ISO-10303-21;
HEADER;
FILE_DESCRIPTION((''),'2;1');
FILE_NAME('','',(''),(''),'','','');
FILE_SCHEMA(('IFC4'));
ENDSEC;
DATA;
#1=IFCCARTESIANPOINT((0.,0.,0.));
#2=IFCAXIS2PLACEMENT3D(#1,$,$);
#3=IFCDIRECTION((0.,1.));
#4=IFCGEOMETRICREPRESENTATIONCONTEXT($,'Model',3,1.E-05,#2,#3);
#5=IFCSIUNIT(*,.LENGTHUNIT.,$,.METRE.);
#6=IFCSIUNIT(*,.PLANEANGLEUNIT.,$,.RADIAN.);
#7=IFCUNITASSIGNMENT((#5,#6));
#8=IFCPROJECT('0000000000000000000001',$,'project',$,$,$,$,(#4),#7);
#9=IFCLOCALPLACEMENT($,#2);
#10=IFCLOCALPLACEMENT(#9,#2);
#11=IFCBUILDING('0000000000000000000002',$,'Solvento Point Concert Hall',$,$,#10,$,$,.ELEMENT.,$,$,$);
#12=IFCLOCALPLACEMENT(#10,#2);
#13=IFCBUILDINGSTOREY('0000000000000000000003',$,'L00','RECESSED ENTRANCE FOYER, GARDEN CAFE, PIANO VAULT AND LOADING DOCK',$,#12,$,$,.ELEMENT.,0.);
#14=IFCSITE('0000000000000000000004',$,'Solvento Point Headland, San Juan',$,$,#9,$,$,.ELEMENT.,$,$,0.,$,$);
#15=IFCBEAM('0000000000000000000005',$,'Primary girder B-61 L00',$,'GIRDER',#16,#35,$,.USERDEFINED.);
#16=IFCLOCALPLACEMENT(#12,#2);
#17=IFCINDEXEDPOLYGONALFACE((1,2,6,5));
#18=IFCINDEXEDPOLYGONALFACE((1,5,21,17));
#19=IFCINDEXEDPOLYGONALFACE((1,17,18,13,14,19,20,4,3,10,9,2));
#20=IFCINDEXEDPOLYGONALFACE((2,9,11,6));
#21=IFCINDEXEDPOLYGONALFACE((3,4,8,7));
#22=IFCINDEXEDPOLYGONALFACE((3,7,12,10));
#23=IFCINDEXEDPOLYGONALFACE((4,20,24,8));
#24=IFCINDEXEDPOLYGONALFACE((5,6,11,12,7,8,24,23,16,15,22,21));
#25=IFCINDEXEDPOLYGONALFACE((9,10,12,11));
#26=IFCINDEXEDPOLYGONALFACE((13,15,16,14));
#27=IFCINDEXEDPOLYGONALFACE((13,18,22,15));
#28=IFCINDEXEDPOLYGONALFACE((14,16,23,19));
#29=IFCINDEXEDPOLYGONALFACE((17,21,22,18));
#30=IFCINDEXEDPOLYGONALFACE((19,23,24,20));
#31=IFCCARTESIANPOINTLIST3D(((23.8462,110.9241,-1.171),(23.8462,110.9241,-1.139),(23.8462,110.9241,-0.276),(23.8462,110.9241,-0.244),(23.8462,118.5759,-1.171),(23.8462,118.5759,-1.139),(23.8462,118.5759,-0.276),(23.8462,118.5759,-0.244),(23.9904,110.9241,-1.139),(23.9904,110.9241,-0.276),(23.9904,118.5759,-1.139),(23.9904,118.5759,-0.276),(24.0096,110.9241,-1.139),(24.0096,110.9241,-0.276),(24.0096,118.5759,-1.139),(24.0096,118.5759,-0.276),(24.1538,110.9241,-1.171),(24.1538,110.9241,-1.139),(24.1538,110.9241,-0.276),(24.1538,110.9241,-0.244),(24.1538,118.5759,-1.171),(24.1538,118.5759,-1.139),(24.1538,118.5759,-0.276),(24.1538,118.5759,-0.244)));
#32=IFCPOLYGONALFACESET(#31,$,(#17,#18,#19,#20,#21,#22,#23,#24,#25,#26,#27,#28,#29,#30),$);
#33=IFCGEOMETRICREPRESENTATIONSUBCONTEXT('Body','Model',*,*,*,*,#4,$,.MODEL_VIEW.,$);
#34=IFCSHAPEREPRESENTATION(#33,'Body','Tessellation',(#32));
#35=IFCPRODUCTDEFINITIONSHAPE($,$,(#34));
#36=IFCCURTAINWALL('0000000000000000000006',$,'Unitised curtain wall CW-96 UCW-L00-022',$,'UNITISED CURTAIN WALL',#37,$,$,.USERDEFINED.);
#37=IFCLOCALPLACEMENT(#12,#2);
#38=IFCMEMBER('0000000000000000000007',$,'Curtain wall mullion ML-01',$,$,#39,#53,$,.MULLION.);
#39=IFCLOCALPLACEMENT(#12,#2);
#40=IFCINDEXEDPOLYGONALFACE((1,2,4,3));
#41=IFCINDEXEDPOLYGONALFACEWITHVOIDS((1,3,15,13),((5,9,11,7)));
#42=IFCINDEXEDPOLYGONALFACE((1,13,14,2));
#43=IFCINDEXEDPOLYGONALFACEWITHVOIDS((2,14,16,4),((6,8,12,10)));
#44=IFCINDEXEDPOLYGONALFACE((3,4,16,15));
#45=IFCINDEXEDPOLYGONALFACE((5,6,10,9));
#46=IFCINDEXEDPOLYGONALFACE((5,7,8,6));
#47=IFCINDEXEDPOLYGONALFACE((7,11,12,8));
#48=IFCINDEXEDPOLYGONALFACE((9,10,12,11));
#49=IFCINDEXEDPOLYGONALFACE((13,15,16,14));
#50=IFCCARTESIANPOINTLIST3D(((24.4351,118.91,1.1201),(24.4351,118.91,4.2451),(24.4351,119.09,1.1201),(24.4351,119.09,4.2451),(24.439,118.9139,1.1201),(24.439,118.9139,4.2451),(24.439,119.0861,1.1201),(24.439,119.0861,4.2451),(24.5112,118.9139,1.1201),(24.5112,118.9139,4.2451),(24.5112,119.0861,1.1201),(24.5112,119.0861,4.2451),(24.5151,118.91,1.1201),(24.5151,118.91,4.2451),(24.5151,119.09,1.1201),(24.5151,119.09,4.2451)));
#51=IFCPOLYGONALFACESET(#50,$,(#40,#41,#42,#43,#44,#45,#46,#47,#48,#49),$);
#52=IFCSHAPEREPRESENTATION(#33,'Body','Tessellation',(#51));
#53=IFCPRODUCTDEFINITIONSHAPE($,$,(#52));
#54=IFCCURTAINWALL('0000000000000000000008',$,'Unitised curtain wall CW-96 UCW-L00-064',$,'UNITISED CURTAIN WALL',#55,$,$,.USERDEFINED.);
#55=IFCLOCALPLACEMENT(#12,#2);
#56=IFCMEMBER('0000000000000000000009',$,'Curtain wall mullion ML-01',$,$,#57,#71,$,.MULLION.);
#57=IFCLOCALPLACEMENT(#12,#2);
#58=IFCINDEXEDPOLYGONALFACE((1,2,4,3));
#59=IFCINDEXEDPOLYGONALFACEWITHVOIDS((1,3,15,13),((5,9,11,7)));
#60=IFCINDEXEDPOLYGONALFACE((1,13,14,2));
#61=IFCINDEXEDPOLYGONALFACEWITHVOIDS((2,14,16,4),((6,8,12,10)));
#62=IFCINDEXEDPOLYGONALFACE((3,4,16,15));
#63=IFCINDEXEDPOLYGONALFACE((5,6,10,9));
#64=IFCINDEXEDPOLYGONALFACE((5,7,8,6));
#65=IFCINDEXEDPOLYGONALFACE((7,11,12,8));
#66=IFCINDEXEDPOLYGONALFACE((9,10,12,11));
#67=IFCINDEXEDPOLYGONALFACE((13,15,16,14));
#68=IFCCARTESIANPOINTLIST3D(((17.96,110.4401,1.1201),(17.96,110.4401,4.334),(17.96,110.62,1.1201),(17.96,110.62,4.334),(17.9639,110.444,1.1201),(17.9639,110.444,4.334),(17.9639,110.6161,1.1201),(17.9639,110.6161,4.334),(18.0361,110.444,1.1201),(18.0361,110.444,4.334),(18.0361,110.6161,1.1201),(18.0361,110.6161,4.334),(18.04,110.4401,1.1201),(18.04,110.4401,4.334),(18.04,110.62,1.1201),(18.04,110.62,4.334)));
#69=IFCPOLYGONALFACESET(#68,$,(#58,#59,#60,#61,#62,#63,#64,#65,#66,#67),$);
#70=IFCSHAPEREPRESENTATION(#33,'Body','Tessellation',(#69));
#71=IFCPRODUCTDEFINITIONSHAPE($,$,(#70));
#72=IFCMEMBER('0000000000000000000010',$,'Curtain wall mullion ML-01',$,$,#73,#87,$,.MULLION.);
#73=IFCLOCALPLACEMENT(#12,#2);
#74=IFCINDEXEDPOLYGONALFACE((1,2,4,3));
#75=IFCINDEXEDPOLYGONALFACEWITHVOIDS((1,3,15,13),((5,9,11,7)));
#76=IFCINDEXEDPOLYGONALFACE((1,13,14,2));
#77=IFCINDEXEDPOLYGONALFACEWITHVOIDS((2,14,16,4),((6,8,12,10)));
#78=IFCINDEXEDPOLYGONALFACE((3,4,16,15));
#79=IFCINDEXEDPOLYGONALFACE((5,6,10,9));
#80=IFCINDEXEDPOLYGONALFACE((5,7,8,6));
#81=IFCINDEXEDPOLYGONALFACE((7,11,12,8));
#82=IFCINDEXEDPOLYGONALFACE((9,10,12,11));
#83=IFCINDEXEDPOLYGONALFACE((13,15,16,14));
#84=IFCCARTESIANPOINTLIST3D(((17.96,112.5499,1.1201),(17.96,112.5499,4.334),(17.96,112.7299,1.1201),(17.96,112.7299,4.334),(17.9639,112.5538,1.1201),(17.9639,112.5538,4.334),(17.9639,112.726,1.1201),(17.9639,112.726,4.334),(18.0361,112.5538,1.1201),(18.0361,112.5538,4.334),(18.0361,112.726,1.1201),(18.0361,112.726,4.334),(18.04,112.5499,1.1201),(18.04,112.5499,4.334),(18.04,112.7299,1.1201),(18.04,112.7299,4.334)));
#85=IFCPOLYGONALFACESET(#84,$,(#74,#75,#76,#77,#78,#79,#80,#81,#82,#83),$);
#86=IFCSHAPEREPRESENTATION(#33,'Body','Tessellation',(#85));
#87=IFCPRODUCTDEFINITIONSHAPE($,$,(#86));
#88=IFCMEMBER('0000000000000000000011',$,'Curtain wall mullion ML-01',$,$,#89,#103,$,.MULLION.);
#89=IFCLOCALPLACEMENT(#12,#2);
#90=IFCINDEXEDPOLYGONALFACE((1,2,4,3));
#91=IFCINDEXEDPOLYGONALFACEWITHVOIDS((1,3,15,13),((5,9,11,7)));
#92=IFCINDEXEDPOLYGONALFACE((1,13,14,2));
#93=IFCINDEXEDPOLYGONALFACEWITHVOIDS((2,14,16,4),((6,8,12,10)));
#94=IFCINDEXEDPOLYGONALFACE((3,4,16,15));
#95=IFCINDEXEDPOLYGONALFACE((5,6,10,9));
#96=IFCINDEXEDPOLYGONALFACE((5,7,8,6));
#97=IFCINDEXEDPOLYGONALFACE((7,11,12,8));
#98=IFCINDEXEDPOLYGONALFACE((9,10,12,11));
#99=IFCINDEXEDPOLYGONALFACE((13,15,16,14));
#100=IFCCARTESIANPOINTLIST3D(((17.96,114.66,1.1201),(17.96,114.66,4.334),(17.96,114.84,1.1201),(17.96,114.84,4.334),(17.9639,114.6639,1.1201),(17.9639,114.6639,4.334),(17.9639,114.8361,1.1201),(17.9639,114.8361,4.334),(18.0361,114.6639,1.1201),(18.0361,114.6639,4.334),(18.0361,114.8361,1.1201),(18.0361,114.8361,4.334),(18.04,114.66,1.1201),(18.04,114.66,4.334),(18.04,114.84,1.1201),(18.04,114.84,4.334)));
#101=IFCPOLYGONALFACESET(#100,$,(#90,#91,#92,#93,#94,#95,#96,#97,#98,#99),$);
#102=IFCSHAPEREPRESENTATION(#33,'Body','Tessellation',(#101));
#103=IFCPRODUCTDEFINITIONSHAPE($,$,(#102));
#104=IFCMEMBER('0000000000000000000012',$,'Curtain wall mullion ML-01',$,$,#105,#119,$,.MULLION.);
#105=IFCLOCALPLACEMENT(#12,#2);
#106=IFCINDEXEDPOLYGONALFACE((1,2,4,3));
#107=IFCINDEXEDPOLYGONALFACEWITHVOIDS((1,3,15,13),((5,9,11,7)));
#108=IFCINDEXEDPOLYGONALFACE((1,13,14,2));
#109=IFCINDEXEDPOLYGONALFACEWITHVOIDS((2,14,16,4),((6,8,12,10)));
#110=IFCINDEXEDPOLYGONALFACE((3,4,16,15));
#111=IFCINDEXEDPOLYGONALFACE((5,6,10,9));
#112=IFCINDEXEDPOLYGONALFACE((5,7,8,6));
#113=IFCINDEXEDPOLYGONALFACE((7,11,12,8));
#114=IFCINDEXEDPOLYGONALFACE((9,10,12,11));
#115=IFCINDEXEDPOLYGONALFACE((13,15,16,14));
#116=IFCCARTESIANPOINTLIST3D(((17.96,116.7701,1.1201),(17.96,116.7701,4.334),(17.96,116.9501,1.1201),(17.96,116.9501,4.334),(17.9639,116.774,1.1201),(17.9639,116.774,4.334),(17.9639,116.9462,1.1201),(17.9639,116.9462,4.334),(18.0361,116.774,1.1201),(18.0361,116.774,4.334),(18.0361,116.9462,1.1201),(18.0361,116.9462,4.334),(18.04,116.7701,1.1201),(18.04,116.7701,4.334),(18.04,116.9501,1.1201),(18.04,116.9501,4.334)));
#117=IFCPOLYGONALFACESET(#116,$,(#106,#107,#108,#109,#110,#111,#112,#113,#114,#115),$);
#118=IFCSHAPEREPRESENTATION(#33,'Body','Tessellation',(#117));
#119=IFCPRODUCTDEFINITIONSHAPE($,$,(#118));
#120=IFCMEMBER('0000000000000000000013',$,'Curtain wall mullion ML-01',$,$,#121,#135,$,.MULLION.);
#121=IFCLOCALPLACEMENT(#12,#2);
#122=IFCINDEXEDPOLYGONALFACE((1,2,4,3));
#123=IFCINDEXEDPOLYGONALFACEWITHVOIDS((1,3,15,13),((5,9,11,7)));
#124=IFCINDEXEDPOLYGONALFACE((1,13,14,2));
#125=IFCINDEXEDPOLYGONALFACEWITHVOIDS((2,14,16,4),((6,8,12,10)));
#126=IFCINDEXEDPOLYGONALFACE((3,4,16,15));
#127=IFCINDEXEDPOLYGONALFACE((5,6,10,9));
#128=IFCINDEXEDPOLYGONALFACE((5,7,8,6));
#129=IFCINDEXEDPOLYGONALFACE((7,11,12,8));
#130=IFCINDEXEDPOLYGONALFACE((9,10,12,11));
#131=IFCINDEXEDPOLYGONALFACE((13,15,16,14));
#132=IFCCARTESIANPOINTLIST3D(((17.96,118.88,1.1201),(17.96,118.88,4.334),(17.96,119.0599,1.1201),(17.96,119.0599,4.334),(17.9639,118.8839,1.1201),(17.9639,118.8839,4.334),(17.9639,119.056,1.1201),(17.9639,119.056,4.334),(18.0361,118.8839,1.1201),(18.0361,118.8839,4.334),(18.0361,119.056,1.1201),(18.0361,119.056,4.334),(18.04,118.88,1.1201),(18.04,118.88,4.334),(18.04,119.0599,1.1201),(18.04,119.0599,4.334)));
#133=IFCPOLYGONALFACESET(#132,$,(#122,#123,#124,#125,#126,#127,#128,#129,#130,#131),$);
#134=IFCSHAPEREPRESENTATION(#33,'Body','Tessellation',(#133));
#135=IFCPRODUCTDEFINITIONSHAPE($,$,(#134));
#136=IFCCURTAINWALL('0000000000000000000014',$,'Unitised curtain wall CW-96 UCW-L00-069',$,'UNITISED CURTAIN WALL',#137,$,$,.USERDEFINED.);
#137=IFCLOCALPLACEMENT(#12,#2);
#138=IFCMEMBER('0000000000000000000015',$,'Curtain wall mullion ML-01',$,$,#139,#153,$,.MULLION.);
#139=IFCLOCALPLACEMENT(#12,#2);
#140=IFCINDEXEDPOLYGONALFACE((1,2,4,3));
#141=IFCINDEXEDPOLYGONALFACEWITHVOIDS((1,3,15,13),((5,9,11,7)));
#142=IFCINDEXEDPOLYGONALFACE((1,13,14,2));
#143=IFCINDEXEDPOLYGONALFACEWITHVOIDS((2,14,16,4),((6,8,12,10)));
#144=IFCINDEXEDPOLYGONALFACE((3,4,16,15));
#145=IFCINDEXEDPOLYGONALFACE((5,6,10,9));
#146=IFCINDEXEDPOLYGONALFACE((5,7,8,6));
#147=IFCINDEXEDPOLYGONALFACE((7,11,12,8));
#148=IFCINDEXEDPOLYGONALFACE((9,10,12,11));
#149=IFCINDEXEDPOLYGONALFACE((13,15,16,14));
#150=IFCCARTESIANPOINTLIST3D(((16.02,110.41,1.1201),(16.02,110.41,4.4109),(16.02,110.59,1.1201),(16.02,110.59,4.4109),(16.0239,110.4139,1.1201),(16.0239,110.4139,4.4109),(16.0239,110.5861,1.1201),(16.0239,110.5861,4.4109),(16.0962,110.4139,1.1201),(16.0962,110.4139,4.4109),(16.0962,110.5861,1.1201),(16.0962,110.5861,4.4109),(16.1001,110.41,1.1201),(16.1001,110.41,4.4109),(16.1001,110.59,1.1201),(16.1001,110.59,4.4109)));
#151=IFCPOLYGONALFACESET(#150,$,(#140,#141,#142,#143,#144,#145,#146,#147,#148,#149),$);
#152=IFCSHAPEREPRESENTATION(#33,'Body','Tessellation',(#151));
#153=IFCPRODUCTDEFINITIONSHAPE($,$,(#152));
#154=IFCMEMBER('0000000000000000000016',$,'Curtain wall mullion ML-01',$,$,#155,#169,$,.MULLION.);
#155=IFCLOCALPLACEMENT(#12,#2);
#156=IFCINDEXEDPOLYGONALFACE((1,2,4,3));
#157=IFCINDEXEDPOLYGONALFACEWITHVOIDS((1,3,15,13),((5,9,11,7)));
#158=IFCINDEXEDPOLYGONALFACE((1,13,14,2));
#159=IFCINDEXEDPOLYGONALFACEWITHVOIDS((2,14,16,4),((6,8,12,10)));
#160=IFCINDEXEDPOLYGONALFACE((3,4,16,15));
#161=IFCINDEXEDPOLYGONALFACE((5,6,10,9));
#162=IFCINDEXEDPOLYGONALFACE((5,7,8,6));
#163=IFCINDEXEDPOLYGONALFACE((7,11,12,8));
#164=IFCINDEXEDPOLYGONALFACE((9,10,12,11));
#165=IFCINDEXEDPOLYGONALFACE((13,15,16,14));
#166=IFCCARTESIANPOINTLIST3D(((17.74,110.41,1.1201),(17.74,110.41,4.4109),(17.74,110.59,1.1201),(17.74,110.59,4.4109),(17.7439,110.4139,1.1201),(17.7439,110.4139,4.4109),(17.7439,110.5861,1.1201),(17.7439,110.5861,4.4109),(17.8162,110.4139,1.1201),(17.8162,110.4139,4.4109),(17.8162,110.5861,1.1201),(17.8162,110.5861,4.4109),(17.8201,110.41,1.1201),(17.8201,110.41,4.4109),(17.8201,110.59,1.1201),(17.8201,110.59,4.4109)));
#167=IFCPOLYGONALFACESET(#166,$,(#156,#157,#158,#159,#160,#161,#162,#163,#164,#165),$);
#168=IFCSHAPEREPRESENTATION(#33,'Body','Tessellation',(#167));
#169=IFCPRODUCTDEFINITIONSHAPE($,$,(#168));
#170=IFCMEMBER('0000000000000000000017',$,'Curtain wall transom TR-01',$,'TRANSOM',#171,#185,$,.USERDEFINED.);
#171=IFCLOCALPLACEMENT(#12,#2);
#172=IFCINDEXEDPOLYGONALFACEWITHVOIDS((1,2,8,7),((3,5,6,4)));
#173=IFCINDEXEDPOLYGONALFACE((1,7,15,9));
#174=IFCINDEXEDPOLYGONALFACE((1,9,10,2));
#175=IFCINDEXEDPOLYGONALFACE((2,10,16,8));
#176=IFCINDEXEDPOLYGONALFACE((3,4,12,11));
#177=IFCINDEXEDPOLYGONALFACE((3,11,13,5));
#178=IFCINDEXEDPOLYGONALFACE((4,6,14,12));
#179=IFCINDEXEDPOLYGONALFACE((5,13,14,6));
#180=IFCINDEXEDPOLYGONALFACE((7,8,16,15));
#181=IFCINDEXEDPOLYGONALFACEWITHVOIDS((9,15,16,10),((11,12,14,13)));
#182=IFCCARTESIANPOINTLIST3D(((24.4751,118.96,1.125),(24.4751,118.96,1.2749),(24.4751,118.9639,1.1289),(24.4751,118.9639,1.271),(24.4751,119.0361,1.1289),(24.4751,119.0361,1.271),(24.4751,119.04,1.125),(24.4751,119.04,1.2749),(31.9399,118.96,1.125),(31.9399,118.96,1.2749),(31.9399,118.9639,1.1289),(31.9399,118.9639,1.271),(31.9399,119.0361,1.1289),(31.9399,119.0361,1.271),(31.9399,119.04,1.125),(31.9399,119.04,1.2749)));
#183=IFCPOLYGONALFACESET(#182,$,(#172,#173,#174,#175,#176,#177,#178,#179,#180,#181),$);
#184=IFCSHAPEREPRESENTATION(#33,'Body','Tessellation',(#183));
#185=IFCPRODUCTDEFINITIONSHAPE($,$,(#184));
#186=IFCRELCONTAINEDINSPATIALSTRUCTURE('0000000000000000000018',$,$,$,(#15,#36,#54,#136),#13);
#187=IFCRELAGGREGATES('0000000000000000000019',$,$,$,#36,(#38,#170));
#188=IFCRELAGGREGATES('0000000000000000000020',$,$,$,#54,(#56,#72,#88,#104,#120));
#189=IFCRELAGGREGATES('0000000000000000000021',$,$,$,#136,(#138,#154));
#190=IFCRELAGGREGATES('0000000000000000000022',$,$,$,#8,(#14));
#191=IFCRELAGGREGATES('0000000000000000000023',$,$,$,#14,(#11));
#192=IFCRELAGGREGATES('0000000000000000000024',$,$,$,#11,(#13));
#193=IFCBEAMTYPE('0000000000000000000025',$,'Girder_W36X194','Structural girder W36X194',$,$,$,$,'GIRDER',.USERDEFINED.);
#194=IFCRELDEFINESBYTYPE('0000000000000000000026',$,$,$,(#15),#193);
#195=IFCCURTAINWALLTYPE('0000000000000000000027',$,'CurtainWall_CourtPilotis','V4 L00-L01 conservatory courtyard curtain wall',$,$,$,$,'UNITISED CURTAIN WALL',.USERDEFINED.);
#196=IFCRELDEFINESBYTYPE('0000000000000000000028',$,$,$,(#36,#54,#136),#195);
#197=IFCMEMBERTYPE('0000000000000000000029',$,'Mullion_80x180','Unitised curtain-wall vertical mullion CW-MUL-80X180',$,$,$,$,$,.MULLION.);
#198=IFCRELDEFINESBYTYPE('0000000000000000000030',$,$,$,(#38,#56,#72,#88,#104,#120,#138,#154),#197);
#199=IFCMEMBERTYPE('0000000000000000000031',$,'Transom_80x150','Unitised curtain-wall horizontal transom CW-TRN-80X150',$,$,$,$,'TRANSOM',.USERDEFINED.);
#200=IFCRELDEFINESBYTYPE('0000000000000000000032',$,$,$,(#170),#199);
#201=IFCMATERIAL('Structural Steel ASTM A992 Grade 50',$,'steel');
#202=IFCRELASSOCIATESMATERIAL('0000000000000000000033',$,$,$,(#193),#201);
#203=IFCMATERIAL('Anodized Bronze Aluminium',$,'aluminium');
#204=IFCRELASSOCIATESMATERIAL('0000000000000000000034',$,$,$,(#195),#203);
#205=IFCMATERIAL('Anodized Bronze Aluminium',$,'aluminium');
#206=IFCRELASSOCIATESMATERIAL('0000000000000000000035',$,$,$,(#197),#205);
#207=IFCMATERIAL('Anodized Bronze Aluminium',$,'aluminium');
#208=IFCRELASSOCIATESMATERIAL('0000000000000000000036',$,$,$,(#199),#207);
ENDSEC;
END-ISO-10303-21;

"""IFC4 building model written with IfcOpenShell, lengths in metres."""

from ifc_helpers import new_model, si_unit, direction, frame, origin, origin_2d, place, context, subcontext, project, spatial, hollow_rectangle, i_section, extrude, material, material_profile, profile_set, type_object, element, aggregate, save


model = new_model("IFC4")

# Units and contexts
model_context = context("Model", 3, precision=1e-05, world=origin(), true_north=direction((0.0, 1.0)))
body_context = subcontext(model_context, "Body", "Model", "MODEL_VIEW")
ifc_project = project(units=[si_unit("LENGTHUNIT", "METRE"), si_unit("PLANEANGLEUNIT", "RADIAN")], contexts=[model_context])

# Site, building, storey
site_placement = place(None, origin())
site = spatial("IfcSite", under=ifc_project, at=site_placement, Name="Solvento Point Headland, San Juan", CompositionType="ELEMENT", RefElevation=0.0)
building_placement = place(site_placement, origin())
building = spatial("IfcBuilding", under=site, at=building_placement, Name="Solvento Point Concert Hall", CompositionType="ELEMENT")
storey_placement = place(building_placement, origin())
storey = spatial("IfcBuildingStorey", under=building, at=storey_placement, Name="L00", Description="RECESSED ENTRANCE FOYER, GARDEN CAFE, PIANO VAULT AND LOADING DOCK", CompositionType="ELEMENT", Elevation=0.0)

# Beam
ifc_material_1 = material(Name="Structural Steel ASTM A992 Grade 50", Category="steel")
ifc_material_profile_1 = material_profile(ifc_material_1, i_section(OverallWidth=0.3076, OverallDepth=0.927, WebThickness=0.0193, FlangeThickness=0.032, at=origin_2d()), Name="W36X194")
ifc_profile_set_1 = profile_set([ifc_material_profile_1], Name="Structural Steel ASTM A992 Grade 50")
beam_type_1 = type_object("IfcBeamType", Name="Girder_W36X194", Description="Structural girder W36X194", ElementType="GIRDER", PredefinedType="USERDEFINED", material=ifc_profile_set_1)
beam_1_placement = place(storey_placement, frame((24.0, 110.9241, -0.7075), z_axis=(0.0, 1.0, 0.0), x_axis=(-1.0, 0.0, 0.0)))
element("IfcBeam", 1, at=beam_1_placement, inside=storey, type_object=beam_type_1, Name="Primary girder B-61 L00", ObjectType="GIRDER", PredefinedType="USERDEFINED", context=body_context, shape_type="SweptSolid", body=[
    extrude(i_section(OverallWidth=0.3076, OverallDepth=0.927, WebThickness=0.0193, FlangeThickness=0.032, at=origin_2d()), origin(), (0.0, 0.0, 1.0), 7.6519),
])

# Curtain wall, member
ifc_material_2 = material(Name="Anodized Bronze Aluminium", Category="aluminium")
curtain_wall_type = type_object("IfcCurtainWallType", Name="CurtainWall_CourtPilotis", Description="V4 L00-L01 conservatory courtyard curtain wall", ElementType="UNITISED CURTAIN WALL", PredefinedType="USERDEFINED", material=ifc_material_2)
curtain_wall_1_placement = place(storey_placement, origin())
curtain_wall_1 = element("IfcCurtainWall", 2, at=curtain_wall_1_placement, inside=storey, type_object=curtain_wall_type, Name="Unitised curtain wall CW-96 UCW-L00-022", ObjectType="UNITISED CURTAIN WALL", PredefinedType="USERDEFINED")
ifc_material_3 = material(Name="Anodized Bronze Aluminium", Category="aluminium")
ifc_material_profile_2 = material_profile(ifc_material_3, hollow_rectangle(XDim=0.0801, YDim=0.1799, WallThickness=0.0039, at=origin_2d()), Name="CW-MUL-80X180")
ifc_profile_set_2 = profile_set([ifc_material_profile_2], Name="Anodized Bronze Aluminium")
member_type_1 = type_object("IfcMemberType", Name="Mullion_80x180", Description="Unitised curtain-wall vertical mullion CW-MUL-80X180", PredefinedType="MULLION", material=ifc_profile_set_2)
member_1_placement = place(storey_placement, frame((24.4751, 119.0, 1.1201), z_axis=(0.0, 0.0, 1.0), x_axis=(1.0, 0.0, 0.0)))
member_1 = element("IfcMember", 3, at=member_1_placement, type_object=member_type_1, Name="Curtain wall mullion ML-01", PredefinedType="MULLION", context=body_context, shape_type="SweptSolid", body=[
    extrude(hollow_rectangle(XDim=0.0801, YDim=0.1799, WallThickness=0.0039, at=origin_2d()), origin(), (0.0, 0.0, 1.0), 3.125),
])

# Curtain walls, members
curtain_wall_2_placement = place(storey_placement, origin())
curtain_wall_2 = element("IfcCurtainWall", 4, at=curtain_wall_2_placement, inside=storey, type_object=curtain_wall_type, Name="Unitised curtain wall CW-96 UCW-L00-064", ObjectType="UNITISED CURTAIN WALL", PredefinedType="USERDEFINED")
member_2_placement = place(storey_placement, frame((18.0, 110.53, 1.1201), z_axis=(0.0, 0.0, 1.0), x_axis=(1.0, 0.0, 0.0)))
member_2 = element("IfcMember", 5, at=member_2_placement, type_object=member_type_1, Name="Curtain wall mullion ML-01", PredefinedType="MULLION", context=body_context, shape_type="SweptSolid", body=[
    extrude(hollow_rectangle(XDim=0.0801, YDim=0.1799, WallThickness=0.0039, at=origin_2d()), origin(), (0.0, 0.0, 1.0), 3.2139),
])
member_3_placement = place(storey_placement, frame((18.0, 112.6399, 1.1201), z_axis=(0.0, 0.0, 1.0), x_axis=(1.0, 0.0, 0.0)))
member_3 = element("IfcMember", 6, at=member_3_placement, type_object=member_type_1, Name="Curtain wall mullion ML-01", PredefinedType="MULLION", context=body_context, shape_type="SweptSolid", body=[
    extrude(hollow_rectangle(XDim=0.0801, YDim=0.1799, WallThickness=0.0039, at=origin_2d()), origin(), (0.0, 0.0, 1.0), 3.2139),
])
member_4_placement = place(storey_placement, frame((18.0, 114.75, 1.1201), z_axis=(0.0, 0.0, 1.0), x_axis=(1.0, 0.0, 0.0)))
member_4 = element("IfcMember", 7, at=member_4_placement, type_object=member_type_1, Name="Curtain wall mullion ML-01", PredefinedType="MULLION", context=body_context, shape_type="SweptSolid", body=[
    extrude(hollow_rectangle(XDim=0.0801, YDim=0.1799, WallThickness=0.0039, at=origin_2d()), origin(), (0.0, 0.0, 1.0), 3.2139),
])
member_5_placement = place(storey_placement, frame((18.0, 116.8601, 1.1201), z_axis=(0.0, 0.0, 1.0), x_axis=(1.0, 0.0, 0.0)))
member_5 = element("IfcMember", 8, at=member_5_placement, type_object=member_type_1, Name="Curtain wall mullion ML-01", PredefinedType="MULLION", context=body_context, shape_type="SweptSolid", body=[
    extrude(hollow_rectangle(XDim=0.0801, YDim=0.1799, WallThickness=0.0039, at=origin_2d()), origin(), (0.0, 0.0, 1.0), 3.2139),
])
member_6_placement = place(storey_placement, frame((18.0, 118.97, 1.1201), z_axis=(0.0, 0.0, 1.0), x_axis=(1.0, 0.0, 0.0)))
member_6 = element("IfcMember", 9, at=member_6_placement, type_object=member_type_1, Name="Curtain wall mullion ML-01", PredefinedType="MULLION", context=body_context, shape_type="SweptSolid", body=[
    extrude(hollow_rectangle(XDim=0.0801, YDim=0.1799, WallThickness=0.0039, at=origin_2d()), origin(), (0.0, 0.0, 1.0), 3.2139),
])
curtain_wall_3_placement = place(storey_placement, origin())
curtain_wall_3 = element("IfcCurtainWall", 10, at=curtain_wall_3_placement, inside=storey, type_object=curtain_wall_type, Name="Unitised curtain wall CW-96 UCW-L00-069", ObjectType="UNITISED CURTAIN WALL", PredefinedType="USERDEFINED")
member_7_placement = place(storey_placement, frame((16.0601, 110.5, 1.1201), z_axis=(0.0, 0.0, 1.0), x_axis=(1.0, 0.0, 0.0)))
member_7 = element("IfcMember", 11, at=member_7_placement, type_object=member_type_1, Name="Curtain wall mullion ML-01", PredefinedType="MULLION", context=body_context, shape_type="SweptSolid", body=[
    extrude(hollow_rectangle(XDim=0.0801, YDim=0.1799, WallThickness=0.0039, at=origin_2d()), origin(), (0.0, 0.0, 1.0), 3.2908),
])
member_8_placement = place(storey_placement, frame((17.78, 110.5, 1.1201), z_axis=(0.0, 0.0, 1.0), x_axis=(1.0, 0.0, 0.0)))
member_8 = element("IfcMember", 12, at=member_8_placement, type_object=member_type_1, Name="Curtain wall mullion ML-01", PredefinedType="MULLION", context=body_context, shape_type="SweptSolid", body=[
    extrude(hollow_rectangle(XDim=0.0801, YDim=0.1799, WallThickness=0.0039, at=origin_2d()), origin(), (0.0, 0.0, 1.0), 3.2908),
])

# Member
ifc_material_4 = material(Name="Anodized Bronze Aluminium", Category="aluminium")
ifc_material_profile_3 = material_profile(ifc_material_4, hollow_rectangle(XDim=0.0801, YDim=0.1499, WallThickness=0.0039, at=origin_2d()), Name="CW-TRN-80X150")
ifc_profile_set_3 = profile_set([ifc_material_profile_3], Name="Anodized Bronze Aluminium")
member_type_2 = type_object("IfcMemberType", Name="Transom_80x150", Description="Unitised curtain-wall horizontal transom CW-TRN-80X150", ElementType="TRANSOM", PredefinedType="USERDEFINED", material=ifc_profile_set_3)
member_9_placement = place(storey_placement, frame((24.4751, 119.0, 1.2), z_axis=(1.0, 0.0, 0.0), x_axis=(0.0, 1.0, 0.0)))
member_9 = element("IfcMember", 13, at=member_9_placement, type_object=member_type_2, Name="Curtain wall transom TR-01", ObjectType="TRANSOM", PredefinedType="USERDEFINED", context=body_context, shape_type="SweptSolid", body=[
    extrude(hollow_rectangle(XDim=0.0801, YDim=0.1499, WallThickness=0.0039, at=origin_2d()), origin(), (0.0, 0.0, 1.0), 7.4648),
])
aggregate(curtain_wall_1, [member_1, member_9])

aggregate(curtain_wall_2, [member_2, member_3, member_4, member_5, member_6])
aggregate(curtain_wall_3, [member_7, member_8])

save(model, "model.ifc")
